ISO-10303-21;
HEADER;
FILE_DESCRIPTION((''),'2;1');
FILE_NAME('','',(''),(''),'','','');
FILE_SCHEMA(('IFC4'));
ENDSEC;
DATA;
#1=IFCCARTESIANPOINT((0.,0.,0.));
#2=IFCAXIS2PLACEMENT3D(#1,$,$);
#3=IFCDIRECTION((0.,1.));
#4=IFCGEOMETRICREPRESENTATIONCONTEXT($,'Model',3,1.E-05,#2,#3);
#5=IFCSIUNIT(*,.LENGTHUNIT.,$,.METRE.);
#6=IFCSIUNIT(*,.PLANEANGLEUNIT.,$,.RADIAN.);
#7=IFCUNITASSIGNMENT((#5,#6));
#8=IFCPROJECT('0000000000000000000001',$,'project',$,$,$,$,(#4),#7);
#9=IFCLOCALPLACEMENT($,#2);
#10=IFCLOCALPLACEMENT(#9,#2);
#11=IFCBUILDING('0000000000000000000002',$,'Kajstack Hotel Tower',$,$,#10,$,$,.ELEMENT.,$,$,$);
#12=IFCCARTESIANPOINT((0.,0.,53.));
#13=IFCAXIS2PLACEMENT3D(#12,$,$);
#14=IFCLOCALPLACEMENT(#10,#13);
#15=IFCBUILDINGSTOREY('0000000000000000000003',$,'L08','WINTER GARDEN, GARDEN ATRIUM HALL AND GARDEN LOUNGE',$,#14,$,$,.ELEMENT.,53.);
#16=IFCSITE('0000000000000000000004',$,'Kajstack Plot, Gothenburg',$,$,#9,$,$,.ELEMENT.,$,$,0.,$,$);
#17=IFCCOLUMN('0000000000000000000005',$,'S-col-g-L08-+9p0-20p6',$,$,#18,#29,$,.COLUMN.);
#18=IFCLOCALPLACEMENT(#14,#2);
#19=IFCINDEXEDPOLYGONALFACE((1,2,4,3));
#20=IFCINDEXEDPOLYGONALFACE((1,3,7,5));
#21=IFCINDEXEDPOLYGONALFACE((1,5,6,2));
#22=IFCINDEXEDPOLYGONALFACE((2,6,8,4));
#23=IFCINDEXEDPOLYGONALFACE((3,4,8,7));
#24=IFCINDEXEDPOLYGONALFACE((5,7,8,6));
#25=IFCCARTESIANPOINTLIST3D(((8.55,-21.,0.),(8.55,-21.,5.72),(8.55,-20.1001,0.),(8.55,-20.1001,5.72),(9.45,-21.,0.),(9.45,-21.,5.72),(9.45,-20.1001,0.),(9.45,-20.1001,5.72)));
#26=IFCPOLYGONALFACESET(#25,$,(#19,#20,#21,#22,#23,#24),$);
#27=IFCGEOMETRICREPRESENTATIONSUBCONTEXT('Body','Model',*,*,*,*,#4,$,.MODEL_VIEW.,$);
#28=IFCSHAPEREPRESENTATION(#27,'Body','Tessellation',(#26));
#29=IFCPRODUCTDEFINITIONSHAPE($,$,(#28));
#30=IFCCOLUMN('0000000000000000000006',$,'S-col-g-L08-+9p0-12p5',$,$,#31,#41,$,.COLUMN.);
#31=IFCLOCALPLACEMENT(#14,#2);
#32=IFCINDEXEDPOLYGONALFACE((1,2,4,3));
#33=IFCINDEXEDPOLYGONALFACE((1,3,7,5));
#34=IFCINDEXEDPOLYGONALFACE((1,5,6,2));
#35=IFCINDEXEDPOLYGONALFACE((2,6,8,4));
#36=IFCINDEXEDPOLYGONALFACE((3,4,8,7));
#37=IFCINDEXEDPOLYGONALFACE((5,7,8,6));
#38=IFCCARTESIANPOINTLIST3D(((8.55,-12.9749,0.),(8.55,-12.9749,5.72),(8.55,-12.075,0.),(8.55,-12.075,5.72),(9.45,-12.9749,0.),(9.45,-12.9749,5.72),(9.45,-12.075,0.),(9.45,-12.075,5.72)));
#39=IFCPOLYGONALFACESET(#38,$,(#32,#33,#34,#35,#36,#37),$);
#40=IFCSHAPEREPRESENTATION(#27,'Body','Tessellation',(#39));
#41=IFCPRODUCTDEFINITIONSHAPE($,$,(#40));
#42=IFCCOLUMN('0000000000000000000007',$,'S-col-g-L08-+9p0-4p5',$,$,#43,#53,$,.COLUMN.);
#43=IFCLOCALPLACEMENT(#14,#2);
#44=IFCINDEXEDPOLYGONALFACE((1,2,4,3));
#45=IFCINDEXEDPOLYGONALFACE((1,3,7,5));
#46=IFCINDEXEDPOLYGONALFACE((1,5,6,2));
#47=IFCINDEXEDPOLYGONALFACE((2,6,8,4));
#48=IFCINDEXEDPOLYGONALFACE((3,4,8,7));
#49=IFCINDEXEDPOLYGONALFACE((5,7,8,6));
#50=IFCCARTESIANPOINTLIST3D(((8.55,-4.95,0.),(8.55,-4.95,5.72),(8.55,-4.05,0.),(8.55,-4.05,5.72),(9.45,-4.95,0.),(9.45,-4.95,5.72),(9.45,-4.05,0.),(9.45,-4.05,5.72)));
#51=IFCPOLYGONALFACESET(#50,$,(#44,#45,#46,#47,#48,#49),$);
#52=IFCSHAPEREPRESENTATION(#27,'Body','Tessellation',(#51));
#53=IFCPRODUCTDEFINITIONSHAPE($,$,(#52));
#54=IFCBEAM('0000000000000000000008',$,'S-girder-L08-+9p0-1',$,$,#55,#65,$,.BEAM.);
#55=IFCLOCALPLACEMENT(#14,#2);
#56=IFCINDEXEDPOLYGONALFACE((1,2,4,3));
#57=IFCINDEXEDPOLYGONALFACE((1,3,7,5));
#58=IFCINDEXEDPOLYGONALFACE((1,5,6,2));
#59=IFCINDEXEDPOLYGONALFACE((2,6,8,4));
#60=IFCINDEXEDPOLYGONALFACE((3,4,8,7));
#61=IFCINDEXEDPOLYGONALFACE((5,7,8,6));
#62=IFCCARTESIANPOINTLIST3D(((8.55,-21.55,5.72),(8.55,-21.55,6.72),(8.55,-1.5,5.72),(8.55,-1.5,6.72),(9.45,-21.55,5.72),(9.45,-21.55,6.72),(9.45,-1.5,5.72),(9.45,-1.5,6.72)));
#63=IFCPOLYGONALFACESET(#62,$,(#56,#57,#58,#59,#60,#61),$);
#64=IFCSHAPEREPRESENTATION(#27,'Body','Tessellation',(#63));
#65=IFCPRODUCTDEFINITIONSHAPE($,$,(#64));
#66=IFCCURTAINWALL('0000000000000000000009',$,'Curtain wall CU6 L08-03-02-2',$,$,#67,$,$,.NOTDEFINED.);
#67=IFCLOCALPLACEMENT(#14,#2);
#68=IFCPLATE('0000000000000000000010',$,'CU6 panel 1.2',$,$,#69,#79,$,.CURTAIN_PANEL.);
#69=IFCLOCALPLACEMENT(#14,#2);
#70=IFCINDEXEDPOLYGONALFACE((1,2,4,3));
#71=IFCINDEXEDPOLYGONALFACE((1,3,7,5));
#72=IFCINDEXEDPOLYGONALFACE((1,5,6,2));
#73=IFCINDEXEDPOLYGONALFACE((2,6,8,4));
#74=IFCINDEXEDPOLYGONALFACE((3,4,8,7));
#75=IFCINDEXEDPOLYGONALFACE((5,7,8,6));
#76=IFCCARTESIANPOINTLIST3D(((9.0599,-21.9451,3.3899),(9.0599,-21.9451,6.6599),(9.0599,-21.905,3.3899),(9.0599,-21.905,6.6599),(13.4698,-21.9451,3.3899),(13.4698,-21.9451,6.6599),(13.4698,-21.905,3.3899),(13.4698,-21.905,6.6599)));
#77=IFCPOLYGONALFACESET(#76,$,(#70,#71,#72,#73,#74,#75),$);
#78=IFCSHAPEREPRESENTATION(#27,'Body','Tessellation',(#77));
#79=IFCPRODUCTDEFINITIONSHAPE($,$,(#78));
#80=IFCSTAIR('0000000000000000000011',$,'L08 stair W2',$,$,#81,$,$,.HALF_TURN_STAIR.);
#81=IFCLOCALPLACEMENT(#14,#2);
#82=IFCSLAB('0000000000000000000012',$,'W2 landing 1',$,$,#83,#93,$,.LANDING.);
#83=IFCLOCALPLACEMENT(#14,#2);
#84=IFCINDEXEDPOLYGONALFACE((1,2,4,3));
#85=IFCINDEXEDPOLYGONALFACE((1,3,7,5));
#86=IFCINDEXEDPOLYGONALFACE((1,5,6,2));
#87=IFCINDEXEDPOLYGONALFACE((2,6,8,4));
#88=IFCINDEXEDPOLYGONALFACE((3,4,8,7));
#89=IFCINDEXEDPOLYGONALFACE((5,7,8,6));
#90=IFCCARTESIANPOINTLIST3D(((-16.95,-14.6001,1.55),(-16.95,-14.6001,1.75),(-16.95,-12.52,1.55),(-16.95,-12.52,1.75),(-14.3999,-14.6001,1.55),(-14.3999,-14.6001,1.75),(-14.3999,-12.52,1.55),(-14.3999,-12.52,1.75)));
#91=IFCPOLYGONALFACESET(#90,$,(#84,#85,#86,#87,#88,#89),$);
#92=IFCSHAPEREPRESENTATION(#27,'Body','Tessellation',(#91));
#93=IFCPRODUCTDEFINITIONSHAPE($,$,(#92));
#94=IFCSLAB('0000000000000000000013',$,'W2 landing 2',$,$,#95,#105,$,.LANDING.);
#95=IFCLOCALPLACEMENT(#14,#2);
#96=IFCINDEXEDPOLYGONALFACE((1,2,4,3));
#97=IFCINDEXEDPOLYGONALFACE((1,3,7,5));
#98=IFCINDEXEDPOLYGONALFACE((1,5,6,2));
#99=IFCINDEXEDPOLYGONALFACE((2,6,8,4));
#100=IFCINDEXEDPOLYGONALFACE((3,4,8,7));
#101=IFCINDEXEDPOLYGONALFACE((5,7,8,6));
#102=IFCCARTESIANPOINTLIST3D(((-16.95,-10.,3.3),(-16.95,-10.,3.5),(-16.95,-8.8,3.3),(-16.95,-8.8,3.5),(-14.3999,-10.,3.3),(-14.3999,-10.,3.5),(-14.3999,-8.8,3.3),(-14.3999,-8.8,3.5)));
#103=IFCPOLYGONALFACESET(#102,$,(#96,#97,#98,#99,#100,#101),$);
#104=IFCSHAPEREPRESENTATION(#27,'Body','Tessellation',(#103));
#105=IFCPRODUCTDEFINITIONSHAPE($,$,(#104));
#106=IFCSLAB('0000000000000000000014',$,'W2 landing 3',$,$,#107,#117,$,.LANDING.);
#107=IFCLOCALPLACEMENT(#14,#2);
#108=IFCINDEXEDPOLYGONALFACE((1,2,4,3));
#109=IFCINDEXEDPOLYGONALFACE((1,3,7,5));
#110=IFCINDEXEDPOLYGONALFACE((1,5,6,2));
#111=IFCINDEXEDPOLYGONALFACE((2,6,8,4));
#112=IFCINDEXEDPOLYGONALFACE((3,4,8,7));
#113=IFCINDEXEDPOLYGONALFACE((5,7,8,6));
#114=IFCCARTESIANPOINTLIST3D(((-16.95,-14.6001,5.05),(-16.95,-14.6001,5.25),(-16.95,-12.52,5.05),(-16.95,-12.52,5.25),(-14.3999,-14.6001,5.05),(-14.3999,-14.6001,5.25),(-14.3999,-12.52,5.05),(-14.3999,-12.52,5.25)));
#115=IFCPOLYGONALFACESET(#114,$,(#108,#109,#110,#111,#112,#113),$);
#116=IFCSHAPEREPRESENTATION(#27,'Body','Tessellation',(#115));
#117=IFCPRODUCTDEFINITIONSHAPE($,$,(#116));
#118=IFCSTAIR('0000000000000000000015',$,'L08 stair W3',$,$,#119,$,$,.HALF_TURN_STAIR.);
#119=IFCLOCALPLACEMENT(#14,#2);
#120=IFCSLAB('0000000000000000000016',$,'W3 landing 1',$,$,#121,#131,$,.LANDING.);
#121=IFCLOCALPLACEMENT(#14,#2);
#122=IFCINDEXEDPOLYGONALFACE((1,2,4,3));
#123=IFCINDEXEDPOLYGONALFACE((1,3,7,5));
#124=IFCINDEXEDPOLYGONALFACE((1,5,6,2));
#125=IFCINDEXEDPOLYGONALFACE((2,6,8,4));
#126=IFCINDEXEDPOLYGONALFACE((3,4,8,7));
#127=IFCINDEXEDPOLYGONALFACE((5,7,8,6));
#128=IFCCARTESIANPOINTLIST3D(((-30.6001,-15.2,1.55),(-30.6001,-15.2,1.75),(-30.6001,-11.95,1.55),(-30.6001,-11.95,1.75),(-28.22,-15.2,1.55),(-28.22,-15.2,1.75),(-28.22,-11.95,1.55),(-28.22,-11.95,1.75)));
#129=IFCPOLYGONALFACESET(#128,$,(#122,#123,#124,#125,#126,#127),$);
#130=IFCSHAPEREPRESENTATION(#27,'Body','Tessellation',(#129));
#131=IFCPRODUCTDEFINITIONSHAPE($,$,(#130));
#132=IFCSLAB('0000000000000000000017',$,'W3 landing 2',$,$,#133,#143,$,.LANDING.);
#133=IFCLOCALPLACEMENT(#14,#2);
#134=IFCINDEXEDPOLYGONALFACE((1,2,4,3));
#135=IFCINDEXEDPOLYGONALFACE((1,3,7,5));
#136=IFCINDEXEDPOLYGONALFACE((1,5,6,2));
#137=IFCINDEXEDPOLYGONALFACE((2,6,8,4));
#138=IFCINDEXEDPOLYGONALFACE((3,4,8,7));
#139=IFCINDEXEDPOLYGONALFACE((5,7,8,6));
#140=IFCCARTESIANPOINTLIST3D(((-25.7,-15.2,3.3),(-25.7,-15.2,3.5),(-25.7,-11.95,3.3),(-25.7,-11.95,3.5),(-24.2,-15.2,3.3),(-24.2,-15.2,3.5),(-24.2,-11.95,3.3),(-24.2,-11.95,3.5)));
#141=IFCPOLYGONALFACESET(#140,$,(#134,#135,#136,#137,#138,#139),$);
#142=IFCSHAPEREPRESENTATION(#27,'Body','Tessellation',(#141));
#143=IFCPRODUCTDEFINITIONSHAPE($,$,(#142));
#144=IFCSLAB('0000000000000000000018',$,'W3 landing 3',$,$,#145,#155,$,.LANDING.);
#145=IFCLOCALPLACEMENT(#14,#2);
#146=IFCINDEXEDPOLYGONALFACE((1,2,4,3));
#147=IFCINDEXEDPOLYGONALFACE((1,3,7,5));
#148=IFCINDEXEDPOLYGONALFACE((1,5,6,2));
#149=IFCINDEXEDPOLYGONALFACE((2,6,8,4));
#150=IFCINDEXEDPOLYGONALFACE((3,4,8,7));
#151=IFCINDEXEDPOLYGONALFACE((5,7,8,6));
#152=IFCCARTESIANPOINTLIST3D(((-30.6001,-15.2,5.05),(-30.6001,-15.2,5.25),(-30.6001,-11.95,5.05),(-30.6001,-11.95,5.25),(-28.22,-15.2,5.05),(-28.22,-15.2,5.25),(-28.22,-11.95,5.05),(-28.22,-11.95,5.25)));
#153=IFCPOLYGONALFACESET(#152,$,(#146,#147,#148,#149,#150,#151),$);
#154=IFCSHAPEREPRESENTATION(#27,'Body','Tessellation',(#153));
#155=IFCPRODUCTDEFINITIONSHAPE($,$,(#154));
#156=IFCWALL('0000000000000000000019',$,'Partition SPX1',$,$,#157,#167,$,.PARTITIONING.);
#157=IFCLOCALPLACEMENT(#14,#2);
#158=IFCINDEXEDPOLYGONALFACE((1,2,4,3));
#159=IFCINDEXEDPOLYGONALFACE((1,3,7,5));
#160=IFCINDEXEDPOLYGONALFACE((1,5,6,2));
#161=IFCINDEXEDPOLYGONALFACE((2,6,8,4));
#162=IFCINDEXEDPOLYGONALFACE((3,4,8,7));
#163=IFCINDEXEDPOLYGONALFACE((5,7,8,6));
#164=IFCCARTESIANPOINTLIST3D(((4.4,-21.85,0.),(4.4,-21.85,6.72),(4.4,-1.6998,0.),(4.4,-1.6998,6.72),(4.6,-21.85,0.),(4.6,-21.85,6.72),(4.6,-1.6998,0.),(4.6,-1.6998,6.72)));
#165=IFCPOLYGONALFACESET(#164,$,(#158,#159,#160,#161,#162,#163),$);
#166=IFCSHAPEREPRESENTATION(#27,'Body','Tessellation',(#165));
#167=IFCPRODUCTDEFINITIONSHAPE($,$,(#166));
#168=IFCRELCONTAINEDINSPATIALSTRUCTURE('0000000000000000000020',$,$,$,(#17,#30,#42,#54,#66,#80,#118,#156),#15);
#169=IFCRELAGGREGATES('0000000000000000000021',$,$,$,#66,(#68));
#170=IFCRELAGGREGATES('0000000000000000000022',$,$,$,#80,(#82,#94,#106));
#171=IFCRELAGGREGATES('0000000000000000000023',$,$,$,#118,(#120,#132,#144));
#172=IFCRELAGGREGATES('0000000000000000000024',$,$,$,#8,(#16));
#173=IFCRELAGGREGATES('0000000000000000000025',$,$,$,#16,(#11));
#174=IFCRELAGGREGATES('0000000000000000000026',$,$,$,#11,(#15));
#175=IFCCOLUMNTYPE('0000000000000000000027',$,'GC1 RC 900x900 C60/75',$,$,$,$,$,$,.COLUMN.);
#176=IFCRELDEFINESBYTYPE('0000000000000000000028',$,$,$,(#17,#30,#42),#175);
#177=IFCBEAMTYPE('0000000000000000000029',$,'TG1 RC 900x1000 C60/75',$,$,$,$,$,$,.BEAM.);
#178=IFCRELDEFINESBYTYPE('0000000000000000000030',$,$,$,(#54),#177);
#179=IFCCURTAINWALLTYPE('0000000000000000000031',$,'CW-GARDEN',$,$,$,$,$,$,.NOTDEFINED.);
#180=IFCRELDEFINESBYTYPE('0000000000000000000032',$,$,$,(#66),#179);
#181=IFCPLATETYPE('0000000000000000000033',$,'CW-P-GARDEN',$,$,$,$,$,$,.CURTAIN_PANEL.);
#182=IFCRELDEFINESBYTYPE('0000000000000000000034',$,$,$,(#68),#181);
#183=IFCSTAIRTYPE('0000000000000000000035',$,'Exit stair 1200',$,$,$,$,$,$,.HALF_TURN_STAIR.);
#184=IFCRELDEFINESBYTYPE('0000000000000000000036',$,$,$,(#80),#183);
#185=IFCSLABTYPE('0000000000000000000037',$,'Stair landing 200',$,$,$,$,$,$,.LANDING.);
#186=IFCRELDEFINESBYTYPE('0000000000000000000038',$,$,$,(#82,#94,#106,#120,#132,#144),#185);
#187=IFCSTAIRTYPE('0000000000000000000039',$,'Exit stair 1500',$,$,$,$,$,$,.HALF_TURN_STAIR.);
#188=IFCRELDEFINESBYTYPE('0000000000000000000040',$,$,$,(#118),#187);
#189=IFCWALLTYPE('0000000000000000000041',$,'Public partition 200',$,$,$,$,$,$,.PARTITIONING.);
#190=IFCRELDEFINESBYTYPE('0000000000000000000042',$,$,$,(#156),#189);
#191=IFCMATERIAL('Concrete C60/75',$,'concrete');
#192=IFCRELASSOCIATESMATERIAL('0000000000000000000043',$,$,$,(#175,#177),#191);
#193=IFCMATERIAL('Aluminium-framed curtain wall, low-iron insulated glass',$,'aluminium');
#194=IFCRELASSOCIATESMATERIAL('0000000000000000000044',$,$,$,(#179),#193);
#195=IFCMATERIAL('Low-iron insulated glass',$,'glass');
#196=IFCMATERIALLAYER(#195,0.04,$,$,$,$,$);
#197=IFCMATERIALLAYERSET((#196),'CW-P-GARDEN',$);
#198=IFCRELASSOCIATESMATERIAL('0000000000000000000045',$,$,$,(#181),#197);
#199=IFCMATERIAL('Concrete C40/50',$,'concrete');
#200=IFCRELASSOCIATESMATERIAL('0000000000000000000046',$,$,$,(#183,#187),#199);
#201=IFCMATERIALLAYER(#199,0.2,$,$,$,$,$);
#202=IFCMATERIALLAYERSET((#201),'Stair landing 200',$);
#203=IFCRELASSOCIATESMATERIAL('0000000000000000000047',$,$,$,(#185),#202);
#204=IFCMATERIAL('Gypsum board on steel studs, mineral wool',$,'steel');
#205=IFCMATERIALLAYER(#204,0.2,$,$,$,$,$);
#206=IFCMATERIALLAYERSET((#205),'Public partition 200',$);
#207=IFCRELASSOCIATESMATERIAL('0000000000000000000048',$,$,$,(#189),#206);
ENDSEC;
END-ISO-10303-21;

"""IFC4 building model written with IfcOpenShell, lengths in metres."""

from ifc_helpers import new_model, si_unit, direction, frame, frame_2d, origin, origin_2d, place, context, subcontext, project, spatial, polyline, rectangle, outline, extrude, material, layer, layer_set, material_profile, profile_set, type_object, element, aggregate, save


model = new_model("IFC4")

# Units and contexts
model_context = context("Model", 3, precision=1e-05, world=origin(), true_north=direction((0.0, 1.0)))
body_context = subcontext(model_context, "Body", "Model", "MODEL_VIEW")
ifc_project = project(units=[si_unit("LENGTHUNIT", "METRE"), si_unit("PLANEANGLEUNIT", "RADIAN")], contexts=[model_context])

# Site, building, storey
site_placement = place(None, origin())
site = spatial("IfcSite", under=ifc_project, at=site_placement, Name="Kajstack Plot, Gothenburg", CompositionType="ELEMENT", RefElevation=0.0)
building_placement = place(site_placement, origin())
building = spatial("IfcBuilding", under=site, at=building_placement, Name="Kajstack Hotel Tower", CompositionType="ELEMENT")
storey_placement = place(building_placement, frame((0.0, 0.0, 53.0)))
storey = spatial("IfcBuildingStorey", under=building, at=storey_placement, Name="L08", Description="WINTER GARDEN, GARDEN ATRIUM HALL AND GARDEN LOUNGE", CompositionType="ELEMENT", Elevation=53.0)

# Columns
ifc_material_1 = material(Name="Concrete C60/75", Category="concrete")
ifc_material_profile_1 = material_profile(ifc_material_1, rectangle(XDim=0.8999, YDim=0.8999, at=origin_2d()), Name="RC 900x900")
ifc_profile_set_1 = profile_set([ifc_material_profile_1], Name="Concrete C60/75")
column_type = type_object("IfcColumnType", Name="GC1 RC 900x900 C60/75", PredefinedType="COLUMN", material=ifc_profile_set_1)
for number, where, z_axis, x_axis, name in (
    (1, (9.0, -20.55, 0.0), (0.0, 0.0, 1.0), (1.0, 0.0, 0.0), "S-col-g-L08-+9p0-20p6"),
    (2, (9.0, -12.5249, 0.0), (0.0, 0.0, 1.0), (1.0, 0.0, 0.0), "S-col-g-L08-+9p0-12p5"),
    (3, (9.0, -4.5, 0.0), (0.0, 0.0, 1.0), (1.0, 0.0, 0.0), "S-col-g-L08-+9p0-4p5"),
):
    element("IfcColumn", number, at=place(storey_placement, frame(where, z_axis=z_axis, x_axis=x_axis)), inside=storey, type_object=column_type, Name=name, PredefinedType="COLUMN", context=body_context, shape_type="SweptSolid", body=[
        extrude(rectangle(XDim=0.8999, YDim=0.8999, at=origin_2d()), origin(), (0.0, 0.0, 1.0), 5.72),
    ])

# Beam
ifc_material_profile_2 = material_profile(ifc_material_1, rectangle(XDim=0.8999, YDim=1.0, at=origin_2d()), Name="RC 900x1000")
ifc_profile_set_2 = profile_set([ifc_material_profile_2], Name="Concrete C60/75")
beam_type = type_object("IfcBeamType", Name="TG1 RC 900x1000 C60/75", PredefinedType="BEAM", material=ifc_profile_set_2)
beam_placement = place(storey_placement, frame((9.0, -21.55, 6.22), z_axis=(0.0, 1.0, 0.0), x_axis=(-1.0, 0.0, 0.0)))
element("IfcBeam", 4, at=beam_placement, inside=storey, type_object=beam_type, Name="S-girder-L08-+9p0-1", PredefinedType="BEAM", context=body_context, shape_type="SweptSolid", body=[
    extrude(rectangle(XDim=0.8999, YDim=1.0, at=origin_2d()), origin(), (0.0, 0.0, 1.0), 20.05),
])

# Curtain wall, plate
ifc_material_2 = material(Name="Aluminium-framed curtain wall, low-iron insulated glass", Category="aluminium")
curtain_wall_type = type_object("IfcCurtainWallType", Name="CW-GARDEN", PredefinedType="NOTDEFINED", material=ifc_material_2)
curtain_wall_placement = place(storey_placement, origin())
curtain_wall = element("IfcCurtainWall", 5, at=curtain_wall_placement, inside=storey, type_object=curtain_wall_type, Name="Curtain wall CU6 L08-03-02-2", PredefinedType="NOTDEFINED")
ifc_material_3 = material(Name="Low-iron insulated glass", Category="glass")
ifc_layer_1 = layer(ifc_material_3, 0.04)
ifc_layer_set_1 = layer_set([ifc_layer_1], Name="CW-P-GARDEN")
plate_type = type_object("IfcPlateType", Name="CW-P-GARDEN", PredefinedType="CURTAIN_PANEL", material=ifc_layer_set_1)
plate_placement = place(storey_placement, frame((11.2649, -21.925, 3.3899), z_axis=(0.0, 0.0, 1.0), x_axis=(1.0, 0.0, 0.0)))
plate = element("IfcPlate", 6, at=plate_placement, type_object=plate_type, Name="CU6 panel 1.2", PredefinedType="CURTAIN_PANEL", context=body_context, shape_type="SweptSolid", body=[
    extrude(rectangle(XDim=4.4099, YDim=0.04, at=origin_2d()), origin(), (0.0, 0.0, 1.0), 3.27),
])
aggregate(curtain_wall, [plate])

# Stairs, slabs
ifc_material_4 = material(Name="Concrete C40/50", Category="concrete")
stair_type_1 = type_object("IfcStairType", Name="Exit stair 1200", PredefinedType="HALF_TURN_STAIR", material=ifc_material_4)
stair_1_placement = place(storey_placement, origin())
stair_1 = element("IfcStair", 7, at=stair_1_placement, inside=storey, type_object=stair_type_1, Name="L08 stair W2", PredefinedType="HALF_TURN_STAIR")
ifc_layer_2 = layer(ifc_material_4, 0.2)
ifc_layer_set_2 = layer_set([ifc_layer_2], Name="Stair landing 200")
slab_type = type_object("IfcSlabType", Name="Stair landing 200", PredefinedType="LANDING", material=ifc_layer_set_2)
slab_1_placement = place(storey_placement, frame((0.0, 0.0, 1.55)))
slab_1 = element("IfcSlab", 8, at=slab_1_placement, type_object=slab_type, Name="W2 landing 1", PredefinedType="LANDING", context=body_context, shape_type="SweptSolid", body=[
    extrude(outline(polyline([(-16.95, -12.52), (-16.95, -14.6001), (-14.3999, -14.6001), (-14.3999, -12.52), (-16.95, -12.52)])), origin(), (0.0, 0.0, 1.0), 0.2),
])
slab_2_placement = place(storey_placement, frame((0.0, 0.0, 3.3)))
slab_2 = element("IfcSlab", 9, at=slab_2_placement, type_object=slab_type, Name="W2 landing 2", PredefinedType="LANDING", context=body_context, shape_type="SweptSolid", body=[
    extrude(outline(polyline([(-16.95, -8.8), (-16.95, -10.0), (-14.3999, -10.0), (-14.3999, -8.8), (-16.95, -8.8)])), origin(), (0.0, 0.0, 1.0), 0.2),
])
slab_3_placement = place(storey_placement, frame((0.0, 0.0, 5.05)))
slab_3 = element("IfcSlab", 10, at=slab_3_placement, type_object=slab_type, Name="W2 landing 3", PredefinedType="LANDING", context=body_context, shape_type="SweptSolid", body=[
    extrude(outline(polyline([(-16.95, -12.52), (-16.95, -14.6001), (-14.3999, -14.6001), (-14.3999, -12.52), (-16.95, -12.52)])), origin(), (0.0, 0.0, 1.0), 0.2),
])
aggregate(stair_1, [slab_1, slab_2, slab_3])
stair_type_2 = type_object("IfcStairType", Name="Exit stair 1500", PredefinedType="HALF_TURN_STAIR", material=ifc_material_4)
stair_2_placement = place(storey_placement, origin())
stair_2 = element("IfcStair", 11, at=stair_2_placement, inside=storey, type_object=stair_type_2, Name="L08 stair W3", PredefinedType="HALF_TURN_STAIR")
slab_4_placement = place(storey_placement, frame((0.0, 0.0, 1.55)))
slab_4 = element("IfcSlab", 12, at=slab_4_placement, type_object=slab_type, Name="W3 landing 1", PredefinedType="LANDING", context=body_context, shape_type="SweptSolid", body=[
    extrude(outline(polyline([(-28.22, -11.95), (-30.6001, -11.95), (-30.6001, -15.2), (-28.22, -15.2), (-28.22, -11.95)])), origin(), (0.0, 0.0, 1.0), 0.2),
])
slab_5_placement = place(storey_placement, frame((0.0, 0.0, 3.3)))
slab_5 = element("IfcSlab", 13, at=slab_5_placement, type_object=slab_type, Name="W3 landing 2", PredefinedType="LANDING", context=body_context, shape_type="SweptSolid", body=[
    extrude(outline(polyline([(-24.2, -11.95), (-25.7, -11.95), (-25.7, -15.2), (-24.2, -15.2), (-24.2, -11.95)])), origin(), (0.0, 0.0, 1.0), 0.2),
])
slab_6_placement = place(storey_placement, frame((0.0, 0.0, 5.05)))
slab_6 = element("IfcSlab", 14, at=slab_6_placement, type_object=slab_type, Name="W3 landing 3", PredefinedType="LANDING", context=body_context, shape_type="SweptSolid", body=[
    extrude(outline(polyline([(-28.22, -11.95), (-30.6001, -11.95), (-30.6001, -15.2), (-28.22, -15.2), (-28.22, -11.95)])), origin(), (0.0, 0.0, 1.0), 0.2),
])
aggregate(stair_2, [slab_4, slab_5, slab_6])

# Wall
ifc_material_5 = material(Name="Gypsum board on steel studs, mineral wool", Category="steel")
ifc_layer_3 = layer(ifc_material_5, 0.2)
ifc_layer_set_3 = layer_set([ifc_layer_3], Name="Public partition 200")
wall_type = type_object("IfcWallType", Name="Public partition 200", PredefinedType="PARTITIONING", material=ifc_layer_set_3)
wall_1_placement = place(storey_placement, frame((4.5, -21.8501, 0.0), z_axis=(0.0, 0.0, 1.0), x_axis=(0.0, 1.0, 0.0)))
element("IfcWall", 15, at=wall_1_placement, inside=storey, type_object=wall_type, Name="Partition SPX1", PredefinedType="PARTITIONING", context=body_context, shape_type="SweptSolid", body=[
    extrude(rectangle(XDim=20.1501, YDim=0.2, at=frame_2d((10.0752, 0.0))), origin(), (0.0, 0.0, 1.0), 6.72),
])

save(model, "model.ifc")
